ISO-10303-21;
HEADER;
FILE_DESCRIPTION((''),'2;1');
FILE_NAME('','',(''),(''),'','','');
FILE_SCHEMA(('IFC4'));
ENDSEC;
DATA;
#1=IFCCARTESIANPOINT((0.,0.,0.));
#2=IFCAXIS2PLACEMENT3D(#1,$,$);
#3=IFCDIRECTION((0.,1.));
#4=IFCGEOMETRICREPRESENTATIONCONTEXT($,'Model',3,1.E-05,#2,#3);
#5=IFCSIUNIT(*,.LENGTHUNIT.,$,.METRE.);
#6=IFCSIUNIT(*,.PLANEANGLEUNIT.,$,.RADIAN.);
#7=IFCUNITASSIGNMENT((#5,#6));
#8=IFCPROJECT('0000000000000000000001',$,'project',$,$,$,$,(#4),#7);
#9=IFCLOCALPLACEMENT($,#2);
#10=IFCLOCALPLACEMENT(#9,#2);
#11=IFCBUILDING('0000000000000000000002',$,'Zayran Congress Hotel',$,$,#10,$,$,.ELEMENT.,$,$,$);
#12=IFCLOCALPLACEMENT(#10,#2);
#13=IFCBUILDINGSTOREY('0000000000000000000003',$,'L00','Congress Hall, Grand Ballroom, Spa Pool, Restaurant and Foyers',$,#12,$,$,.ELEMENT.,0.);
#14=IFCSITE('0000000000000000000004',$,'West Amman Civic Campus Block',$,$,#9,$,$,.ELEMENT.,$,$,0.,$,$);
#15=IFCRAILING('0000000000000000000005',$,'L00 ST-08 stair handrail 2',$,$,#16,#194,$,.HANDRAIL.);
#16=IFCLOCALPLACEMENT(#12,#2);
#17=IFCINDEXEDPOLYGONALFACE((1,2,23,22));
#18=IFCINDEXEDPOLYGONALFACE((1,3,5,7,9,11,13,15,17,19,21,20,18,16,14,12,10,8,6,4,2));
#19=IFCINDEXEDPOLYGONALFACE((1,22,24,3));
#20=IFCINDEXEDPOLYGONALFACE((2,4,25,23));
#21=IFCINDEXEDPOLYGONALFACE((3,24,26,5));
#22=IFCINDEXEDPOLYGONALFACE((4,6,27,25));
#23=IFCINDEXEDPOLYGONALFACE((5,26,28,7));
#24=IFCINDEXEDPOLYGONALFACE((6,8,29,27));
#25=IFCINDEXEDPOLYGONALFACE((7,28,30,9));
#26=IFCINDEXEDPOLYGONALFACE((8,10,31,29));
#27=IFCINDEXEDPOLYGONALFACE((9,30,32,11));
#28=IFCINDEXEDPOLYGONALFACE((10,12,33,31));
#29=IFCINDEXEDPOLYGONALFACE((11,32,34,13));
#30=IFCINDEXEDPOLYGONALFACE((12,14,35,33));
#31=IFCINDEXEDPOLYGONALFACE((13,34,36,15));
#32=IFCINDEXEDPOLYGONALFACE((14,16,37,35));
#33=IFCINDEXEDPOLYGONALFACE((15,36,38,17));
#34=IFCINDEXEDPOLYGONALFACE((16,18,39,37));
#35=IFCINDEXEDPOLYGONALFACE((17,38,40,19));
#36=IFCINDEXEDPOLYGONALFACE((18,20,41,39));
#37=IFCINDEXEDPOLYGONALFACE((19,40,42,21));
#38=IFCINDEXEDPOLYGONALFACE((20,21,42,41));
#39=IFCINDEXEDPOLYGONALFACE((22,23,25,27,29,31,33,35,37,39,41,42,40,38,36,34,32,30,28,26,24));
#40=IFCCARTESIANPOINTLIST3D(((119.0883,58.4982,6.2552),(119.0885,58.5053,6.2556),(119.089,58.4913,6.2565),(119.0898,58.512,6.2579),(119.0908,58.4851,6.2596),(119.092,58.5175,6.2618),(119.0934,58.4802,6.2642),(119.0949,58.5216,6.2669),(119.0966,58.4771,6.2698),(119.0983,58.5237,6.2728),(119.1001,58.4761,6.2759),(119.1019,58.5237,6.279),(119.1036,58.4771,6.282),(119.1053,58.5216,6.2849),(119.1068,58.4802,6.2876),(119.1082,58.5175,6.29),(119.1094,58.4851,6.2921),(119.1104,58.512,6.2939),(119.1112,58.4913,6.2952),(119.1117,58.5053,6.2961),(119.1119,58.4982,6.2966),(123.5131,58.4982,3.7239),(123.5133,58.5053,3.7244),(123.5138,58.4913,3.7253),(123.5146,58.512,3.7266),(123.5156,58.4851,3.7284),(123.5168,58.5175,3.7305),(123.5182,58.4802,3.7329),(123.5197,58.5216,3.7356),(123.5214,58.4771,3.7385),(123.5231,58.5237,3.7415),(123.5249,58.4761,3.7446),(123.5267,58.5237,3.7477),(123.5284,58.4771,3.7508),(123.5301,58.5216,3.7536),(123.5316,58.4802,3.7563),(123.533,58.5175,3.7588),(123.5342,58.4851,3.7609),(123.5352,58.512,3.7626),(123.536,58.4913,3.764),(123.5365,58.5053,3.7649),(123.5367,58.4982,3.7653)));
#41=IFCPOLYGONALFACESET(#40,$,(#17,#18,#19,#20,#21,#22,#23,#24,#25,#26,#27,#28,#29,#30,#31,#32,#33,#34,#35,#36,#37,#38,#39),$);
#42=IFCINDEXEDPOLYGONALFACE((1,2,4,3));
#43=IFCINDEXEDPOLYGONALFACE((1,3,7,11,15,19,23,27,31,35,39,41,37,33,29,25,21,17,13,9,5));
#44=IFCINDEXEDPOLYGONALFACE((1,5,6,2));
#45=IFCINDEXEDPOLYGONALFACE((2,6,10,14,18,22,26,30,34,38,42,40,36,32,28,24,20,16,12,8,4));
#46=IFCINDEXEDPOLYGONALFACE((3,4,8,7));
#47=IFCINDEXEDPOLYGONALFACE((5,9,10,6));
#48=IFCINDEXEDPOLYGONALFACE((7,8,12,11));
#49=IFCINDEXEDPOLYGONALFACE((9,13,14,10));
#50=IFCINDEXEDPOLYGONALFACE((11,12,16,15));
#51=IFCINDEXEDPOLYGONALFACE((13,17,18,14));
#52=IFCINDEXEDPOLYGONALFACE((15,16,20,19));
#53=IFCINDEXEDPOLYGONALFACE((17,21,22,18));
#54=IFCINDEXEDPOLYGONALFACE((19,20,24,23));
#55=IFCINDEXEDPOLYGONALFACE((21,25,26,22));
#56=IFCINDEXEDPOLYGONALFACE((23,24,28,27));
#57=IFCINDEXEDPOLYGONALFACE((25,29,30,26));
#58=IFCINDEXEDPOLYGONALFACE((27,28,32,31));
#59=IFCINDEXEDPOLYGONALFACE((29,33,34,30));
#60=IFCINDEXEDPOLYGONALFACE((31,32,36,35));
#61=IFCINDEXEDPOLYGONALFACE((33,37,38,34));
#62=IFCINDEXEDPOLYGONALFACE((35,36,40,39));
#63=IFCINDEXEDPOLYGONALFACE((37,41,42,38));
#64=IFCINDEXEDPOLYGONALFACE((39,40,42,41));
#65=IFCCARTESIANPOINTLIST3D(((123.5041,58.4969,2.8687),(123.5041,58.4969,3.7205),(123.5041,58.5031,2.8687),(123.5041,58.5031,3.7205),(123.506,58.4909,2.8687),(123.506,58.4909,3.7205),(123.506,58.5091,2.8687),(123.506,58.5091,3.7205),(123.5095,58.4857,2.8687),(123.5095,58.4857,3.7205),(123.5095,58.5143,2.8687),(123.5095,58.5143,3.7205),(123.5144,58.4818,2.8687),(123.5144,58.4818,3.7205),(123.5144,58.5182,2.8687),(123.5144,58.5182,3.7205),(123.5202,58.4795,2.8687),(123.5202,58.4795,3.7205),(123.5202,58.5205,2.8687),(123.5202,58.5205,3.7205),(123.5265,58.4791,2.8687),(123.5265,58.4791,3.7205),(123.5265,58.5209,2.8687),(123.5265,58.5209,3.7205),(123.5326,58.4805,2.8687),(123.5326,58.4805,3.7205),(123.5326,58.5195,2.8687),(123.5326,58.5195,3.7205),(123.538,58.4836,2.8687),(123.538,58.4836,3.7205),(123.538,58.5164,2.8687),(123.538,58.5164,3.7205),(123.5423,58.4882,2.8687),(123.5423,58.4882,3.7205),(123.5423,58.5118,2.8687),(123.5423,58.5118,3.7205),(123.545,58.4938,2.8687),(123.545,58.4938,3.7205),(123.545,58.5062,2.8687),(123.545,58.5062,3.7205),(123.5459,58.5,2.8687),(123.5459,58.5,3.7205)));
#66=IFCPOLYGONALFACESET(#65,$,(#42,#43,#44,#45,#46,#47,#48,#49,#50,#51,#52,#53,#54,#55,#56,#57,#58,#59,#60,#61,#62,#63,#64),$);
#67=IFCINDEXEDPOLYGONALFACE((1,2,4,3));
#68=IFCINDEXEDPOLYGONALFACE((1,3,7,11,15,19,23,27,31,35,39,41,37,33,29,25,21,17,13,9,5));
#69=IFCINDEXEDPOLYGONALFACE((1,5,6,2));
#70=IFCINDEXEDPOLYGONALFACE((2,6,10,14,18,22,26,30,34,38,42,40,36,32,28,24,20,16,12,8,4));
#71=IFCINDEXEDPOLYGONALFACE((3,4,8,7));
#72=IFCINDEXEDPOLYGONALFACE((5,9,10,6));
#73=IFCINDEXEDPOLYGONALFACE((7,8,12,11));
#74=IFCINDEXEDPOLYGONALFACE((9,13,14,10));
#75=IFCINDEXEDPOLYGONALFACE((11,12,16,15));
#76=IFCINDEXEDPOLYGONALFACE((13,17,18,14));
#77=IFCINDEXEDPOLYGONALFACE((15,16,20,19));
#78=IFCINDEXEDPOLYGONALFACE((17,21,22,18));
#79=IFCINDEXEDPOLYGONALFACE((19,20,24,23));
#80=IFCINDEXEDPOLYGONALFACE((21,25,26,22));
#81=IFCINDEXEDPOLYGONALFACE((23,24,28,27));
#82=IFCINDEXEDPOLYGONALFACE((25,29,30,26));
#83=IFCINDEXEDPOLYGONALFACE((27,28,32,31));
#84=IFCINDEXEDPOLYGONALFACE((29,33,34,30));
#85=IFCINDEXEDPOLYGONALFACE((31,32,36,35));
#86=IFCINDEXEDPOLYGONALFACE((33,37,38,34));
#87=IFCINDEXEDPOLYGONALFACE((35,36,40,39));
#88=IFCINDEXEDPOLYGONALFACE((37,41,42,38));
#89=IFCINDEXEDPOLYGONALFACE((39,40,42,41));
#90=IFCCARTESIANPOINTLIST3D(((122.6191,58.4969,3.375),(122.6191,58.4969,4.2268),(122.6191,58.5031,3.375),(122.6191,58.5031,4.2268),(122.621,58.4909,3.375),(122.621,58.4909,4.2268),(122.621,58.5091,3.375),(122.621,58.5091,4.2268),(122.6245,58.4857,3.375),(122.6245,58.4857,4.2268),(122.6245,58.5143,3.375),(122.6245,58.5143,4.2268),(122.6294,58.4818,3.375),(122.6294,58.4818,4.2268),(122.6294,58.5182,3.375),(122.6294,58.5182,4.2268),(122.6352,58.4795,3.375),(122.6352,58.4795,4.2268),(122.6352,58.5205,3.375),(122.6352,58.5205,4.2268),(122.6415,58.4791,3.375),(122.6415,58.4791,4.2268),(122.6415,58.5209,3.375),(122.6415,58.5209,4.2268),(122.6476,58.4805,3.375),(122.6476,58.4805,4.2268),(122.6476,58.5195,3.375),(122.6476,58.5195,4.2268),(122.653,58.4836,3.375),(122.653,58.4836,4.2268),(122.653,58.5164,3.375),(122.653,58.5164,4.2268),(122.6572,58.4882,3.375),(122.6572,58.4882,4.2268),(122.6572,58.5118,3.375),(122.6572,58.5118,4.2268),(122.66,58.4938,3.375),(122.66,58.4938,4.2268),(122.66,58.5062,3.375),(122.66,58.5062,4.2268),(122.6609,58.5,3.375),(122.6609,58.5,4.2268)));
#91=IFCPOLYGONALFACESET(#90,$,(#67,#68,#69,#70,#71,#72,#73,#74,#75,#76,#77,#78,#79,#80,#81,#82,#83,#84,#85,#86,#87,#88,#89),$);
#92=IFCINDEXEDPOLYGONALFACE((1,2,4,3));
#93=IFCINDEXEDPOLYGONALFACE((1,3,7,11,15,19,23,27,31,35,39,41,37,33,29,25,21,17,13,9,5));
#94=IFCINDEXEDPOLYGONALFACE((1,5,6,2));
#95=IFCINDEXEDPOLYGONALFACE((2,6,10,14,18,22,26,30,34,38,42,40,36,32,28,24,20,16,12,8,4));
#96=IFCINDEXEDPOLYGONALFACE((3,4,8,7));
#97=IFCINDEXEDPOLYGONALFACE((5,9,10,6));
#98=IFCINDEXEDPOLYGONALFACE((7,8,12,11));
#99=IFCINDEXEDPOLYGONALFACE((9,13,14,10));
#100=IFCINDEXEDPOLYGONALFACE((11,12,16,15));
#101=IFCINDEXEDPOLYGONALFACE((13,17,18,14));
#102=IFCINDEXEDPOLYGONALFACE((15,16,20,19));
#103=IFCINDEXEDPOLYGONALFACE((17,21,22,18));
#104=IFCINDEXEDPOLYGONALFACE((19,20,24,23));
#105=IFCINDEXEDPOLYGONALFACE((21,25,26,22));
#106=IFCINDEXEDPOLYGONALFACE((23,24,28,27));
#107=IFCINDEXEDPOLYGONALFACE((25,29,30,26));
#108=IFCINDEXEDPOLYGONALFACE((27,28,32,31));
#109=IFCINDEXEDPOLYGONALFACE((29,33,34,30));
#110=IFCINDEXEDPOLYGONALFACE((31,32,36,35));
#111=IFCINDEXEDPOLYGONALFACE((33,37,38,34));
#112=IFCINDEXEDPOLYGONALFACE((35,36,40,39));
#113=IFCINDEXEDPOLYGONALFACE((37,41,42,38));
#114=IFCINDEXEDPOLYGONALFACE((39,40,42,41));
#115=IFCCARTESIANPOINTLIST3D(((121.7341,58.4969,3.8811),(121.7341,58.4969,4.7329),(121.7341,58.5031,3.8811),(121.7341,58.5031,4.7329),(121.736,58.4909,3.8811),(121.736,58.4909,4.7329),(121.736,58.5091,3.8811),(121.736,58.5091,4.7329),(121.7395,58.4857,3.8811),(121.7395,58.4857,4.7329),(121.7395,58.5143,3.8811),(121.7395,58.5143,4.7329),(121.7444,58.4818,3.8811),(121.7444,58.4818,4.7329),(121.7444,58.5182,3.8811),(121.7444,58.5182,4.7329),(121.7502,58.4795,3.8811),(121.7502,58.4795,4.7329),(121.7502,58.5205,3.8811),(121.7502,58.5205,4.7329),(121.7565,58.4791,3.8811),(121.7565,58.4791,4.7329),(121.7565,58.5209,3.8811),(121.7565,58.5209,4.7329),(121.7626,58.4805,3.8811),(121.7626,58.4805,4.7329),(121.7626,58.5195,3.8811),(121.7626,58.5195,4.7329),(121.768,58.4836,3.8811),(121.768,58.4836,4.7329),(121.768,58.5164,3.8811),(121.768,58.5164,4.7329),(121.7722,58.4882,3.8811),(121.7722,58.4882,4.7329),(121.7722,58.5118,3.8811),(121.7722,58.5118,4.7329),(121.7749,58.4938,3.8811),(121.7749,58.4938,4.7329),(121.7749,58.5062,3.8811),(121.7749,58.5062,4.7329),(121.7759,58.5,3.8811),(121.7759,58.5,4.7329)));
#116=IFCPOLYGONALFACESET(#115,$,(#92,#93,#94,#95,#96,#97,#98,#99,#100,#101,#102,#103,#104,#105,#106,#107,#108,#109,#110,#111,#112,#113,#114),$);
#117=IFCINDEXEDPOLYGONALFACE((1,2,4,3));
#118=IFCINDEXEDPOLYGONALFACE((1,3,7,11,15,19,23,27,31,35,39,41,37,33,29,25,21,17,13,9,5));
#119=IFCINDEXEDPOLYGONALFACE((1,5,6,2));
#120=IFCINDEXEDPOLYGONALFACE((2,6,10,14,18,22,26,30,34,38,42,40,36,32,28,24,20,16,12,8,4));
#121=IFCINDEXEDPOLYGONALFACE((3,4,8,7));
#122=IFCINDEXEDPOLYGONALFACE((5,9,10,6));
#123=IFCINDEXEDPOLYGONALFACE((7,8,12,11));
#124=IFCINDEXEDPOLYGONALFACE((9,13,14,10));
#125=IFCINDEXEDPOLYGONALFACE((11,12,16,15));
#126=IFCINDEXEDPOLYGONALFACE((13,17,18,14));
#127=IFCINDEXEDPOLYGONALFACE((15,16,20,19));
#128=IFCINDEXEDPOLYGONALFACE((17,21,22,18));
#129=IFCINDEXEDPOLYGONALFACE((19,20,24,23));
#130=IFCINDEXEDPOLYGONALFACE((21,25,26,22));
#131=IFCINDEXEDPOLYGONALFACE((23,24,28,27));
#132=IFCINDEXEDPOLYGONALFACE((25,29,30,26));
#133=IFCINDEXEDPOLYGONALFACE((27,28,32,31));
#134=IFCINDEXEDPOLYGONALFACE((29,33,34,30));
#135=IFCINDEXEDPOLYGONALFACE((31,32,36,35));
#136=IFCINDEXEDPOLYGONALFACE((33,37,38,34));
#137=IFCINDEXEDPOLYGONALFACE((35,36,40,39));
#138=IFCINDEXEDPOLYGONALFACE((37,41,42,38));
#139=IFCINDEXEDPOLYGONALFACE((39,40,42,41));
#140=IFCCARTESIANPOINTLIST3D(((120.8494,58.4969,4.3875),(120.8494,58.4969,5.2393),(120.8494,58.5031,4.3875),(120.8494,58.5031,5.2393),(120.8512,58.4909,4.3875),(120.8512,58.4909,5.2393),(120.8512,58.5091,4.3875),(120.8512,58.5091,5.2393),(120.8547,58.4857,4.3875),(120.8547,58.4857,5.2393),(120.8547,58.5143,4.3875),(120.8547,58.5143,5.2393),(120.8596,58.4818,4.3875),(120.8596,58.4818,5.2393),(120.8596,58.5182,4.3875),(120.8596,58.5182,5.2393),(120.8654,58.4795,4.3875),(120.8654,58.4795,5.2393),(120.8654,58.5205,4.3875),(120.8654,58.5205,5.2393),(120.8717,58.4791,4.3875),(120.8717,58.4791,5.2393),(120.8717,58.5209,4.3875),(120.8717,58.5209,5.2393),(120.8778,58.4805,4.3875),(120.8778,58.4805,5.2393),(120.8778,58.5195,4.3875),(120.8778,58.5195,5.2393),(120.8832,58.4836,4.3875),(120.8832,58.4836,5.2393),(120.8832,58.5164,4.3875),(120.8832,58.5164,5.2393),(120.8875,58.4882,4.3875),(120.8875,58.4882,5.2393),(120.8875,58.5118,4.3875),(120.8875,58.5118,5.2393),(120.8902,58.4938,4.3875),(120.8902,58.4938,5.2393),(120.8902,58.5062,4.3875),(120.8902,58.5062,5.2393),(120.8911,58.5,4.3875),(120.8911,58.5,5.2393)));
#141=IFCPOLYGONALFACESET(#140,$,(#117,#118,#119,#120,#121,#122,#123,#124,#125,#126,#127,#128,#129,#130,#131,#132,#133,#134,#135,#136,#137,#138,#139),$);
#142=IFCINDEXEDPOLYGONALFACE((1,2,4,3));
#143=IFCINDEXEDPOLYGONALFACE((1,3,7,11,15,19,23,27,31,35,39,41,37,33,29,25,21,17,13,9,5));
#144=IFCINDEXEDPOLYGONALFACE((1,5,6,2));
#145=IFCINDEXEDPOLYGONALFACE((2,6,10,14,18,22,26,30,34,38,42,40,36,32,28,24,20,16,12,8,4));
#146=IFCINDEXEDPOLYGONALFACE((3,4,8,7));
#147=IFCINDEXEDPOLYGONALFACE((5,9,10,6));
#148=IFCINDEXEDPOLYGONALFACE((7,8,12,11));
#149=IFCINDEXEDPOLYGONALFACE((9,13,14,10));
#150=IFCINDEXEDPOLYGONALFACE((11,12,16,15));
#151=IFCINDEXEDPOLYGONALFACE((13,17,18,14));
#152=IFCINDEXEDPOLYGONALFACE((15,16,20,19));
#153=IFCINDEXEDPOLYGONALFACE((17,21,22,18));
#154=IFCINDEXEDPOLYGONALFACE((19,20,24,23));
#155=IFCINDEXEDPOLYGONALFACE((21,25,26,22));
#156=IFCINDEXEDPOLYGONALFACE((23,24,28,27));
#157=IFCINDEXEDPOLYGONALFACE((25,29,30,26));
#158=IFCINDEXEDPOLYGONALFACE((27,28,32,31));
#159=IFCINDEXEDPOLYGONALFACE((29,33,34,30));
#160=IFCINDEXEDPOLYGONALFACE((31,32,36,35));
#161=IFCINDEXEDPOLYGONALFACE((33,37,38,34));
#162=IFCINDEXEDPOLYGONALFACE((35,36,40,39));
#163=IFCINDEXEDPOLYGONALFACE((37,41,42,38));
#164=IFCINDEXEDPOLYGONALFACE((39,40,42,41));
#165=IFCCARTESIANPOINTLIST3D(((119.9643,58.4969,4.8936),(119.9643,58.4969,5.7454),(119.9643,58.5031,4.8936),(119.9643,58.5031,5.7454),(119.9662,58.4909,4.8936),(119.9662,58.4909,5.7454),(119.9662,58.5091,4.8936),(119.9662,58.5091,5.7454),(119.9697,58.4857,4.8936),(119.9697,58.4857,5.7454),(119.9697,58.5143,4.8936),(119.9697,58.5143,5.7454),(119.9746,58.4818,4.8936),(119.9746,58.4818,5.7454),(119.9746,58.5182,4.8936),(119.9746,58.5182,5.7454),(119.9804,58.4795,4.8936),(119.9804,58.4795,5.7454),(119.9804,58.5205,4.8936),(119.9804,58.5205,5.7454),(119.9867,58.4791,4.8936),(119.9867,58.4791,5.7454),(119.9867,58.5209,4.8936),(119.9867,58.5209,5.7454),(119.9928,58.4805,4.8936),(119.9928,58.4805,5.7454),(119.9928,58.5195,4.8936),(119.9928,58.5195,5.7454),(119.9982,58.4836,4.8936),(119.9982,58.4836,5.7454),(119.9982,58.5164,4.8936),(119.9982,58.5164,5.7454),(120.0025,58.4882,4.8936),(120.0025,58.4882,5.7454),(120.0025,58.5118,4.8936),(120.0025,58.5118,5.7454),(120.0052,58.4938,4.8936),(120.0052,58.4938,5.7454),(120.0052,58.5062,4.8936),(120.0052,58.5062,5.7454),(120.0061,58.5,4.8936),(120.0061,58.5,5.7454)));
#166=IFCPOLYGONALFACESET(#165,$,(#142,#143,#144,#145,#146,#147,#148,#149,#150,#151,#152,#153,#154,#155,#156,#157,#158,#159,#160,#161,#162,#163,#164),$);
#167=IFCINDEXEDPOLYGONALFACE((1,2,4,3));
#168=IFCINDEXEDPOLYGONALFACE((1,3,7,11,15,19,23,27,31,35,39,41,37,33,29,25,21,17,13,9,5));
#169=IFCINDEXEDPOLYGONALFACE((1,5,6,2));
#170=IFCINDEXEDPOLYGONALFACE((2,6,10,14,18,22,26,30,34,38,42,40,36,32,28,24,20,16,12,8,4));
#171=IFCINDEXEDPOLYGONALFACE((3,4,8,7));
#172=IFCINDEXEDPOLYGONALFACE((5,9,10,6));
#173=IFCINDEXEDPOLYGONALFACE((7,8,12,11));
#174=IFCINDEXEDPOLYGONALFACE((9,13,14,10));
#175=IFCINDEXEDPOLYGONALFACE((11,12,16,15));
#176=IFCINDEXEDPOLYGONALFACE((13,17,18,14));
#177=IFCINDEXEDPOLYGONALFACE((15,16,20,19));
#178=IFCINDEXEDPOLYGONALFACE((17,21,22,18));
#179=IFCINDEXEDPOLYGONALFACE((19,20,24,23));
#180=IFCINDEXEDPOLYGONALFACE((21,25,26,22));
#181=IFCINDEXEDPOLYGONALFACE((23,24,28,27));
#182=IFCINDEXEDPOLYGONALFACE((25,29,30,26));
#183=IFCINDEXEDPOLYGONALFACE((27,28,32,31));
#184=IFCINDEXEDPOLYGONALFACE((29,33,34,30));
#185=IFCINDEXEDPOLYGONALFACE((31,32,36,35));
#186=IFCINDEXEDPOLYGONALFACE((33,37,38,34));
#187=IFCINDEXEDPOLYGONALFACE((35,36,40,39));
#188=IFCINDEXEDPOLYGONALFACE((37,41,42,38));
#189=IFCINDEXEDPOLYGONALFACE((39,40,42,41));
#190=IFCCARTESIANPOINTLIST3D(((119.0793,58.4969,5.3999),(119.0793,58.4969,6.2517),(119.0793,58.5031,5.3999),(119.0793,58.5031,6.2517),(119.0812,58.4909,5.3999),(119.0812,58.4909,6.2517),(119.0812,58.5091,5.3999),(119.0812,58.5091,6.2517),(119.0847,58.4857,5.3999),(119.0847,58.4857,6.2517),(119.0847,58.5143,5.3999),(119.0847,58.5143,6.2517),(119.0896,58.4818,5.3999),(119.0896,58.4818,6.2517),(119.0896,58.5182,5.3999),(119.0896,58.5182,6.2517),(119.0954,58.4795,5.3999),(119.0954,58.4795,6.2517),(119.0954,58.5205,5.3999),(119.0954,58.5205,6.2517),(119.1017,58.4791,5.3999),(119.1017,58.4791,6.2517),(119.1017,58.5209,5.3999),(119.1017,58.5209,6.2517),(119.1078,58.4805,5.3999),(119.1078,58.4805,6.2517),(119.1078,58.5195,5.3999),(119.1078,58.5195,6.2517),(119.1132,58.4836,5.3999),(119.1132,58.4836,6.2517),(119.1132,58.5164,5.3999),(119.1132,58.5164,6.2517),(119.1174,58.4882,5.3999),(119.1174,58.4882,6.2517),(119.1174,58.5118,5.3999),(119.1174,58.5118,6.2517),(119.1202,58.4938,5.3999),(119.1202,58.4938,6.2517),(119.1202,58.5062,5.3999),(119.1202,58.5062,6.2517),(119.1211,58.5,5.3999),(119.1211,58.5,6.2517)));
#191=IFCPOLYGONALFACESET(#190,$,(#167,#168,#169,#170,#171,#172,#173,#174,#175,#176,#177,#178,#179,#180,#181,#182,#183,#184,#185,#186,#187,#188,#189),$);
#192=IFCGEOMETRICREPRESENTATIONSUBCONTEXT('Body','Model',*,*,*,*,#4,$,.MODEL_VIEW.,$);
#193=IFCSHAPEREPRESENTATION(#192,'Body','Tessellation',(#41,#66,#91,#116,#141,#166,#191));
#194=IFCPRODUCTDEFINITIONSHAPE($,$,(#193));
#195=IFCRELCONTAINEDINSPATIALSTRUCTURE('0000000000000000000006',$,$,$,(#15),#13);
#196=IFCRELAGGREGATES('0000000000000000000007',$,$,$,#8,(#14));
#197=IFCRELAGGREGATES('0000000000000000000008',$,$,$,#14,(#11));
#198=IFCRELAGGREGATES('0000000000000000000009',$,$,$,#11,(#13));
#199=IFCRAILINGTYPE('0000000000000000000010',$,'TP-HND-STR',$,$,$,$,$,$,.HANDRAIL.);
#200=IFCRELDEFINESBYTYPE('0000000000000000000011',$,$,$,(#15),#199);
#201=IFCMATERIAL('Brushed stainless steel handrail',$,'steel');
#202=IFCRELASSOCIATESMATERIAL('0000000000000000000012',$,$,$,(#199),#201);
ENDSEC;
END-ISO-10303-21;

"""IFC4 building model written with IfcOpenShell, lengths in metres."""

from ifc_helpers import new_model, si_unit, direction, frame, origin, origin_2d, place, context, subcontext, project, spatial, circle, extrude, material, type_object, element, save


model = new_model("IFC4")

# Units and contexts
model_context = context("Model", 3, precision=1e-05, world=origin(), true_north=direction((0.0, 1.0)))
body_context = subcontext(model_context, "Body", "Model", "MODEL_VIEW")
ifc_project = project(units=[si_unit("LENGTHUNIT", "METRE"), si_unit("PLANEANGLEUNIT", "RADIAN")], contexts=[model_context])

# Site, building, storey
site_placement = place(None, origin())
site = spatial("IfcSite", under=ifc_project, at=site_placement, Name="West Amman Civic Campus Block", CompositionType="ELEMENT", RefElevation=0.0)
building_placement = place(site_placement, origin())
building = spatial("IfcBuilding", under=site, at=building_placement, Name="Zayran Congress Hotel", CompositionType="ELEMENT")
storey_placement = place(building_placement, origin())
storey = spatial("IfcBuildingStorey", under=building, at=storey_placement, Name="L00", Description="Congress Hall, Grand Ballroom, Spa Pool, Restaurant and Foyers", CompositionType="ELEMENT", Elevation=0.0)

# Railing
ifc_material_1 = material(Name="Brushed stainless steel handrail", Category="steel")
railing_type_1 = type_object("IfcRailingType", Name="TP-HND-STR", PredefinedType="HANDRAIL", material=ifc_material_1)
railing_1_placement = place(storey_placement, frame((123.5249, 58.5, 2.8687)))
element("IfcRailing", 1, at=railing_1_placement, inside=storey, type_object=railing_type_1, Name="L00 ST-08 stair handrail 2", PredefinedType="HANDRAIL", context=body_context, shape_type="SweptSolid", body=[
    extrude(circle(Radius=0.0239, at=origin_2d()), frame((0.0, 0.0, 0.876), z_axis=(-0.868007, 0.0, 0.496551), x_axis=(0.0, -1.0, 0.0)), (0.0, 0.0, 1.0), 5.0977),
    extrude(circle(Radius=0.021, at=origin_2d()), origin(), (0.0, 0.0, 1.0), 0.8518),
    extrude(circle(Radius=0.021, at=origin_2d()), frame((-0.885, 0.0, 0.5063)), (0.0, 0.0, 1.0), 0.8518),
    extrude(circle(Radius=0.021, at=origin_2d()), frame((-1.77, 0.0, 1.0125)), (0.0, 0.0, 1.0), 0.8518),
    extrude(circle(Radius=0.021, at=origin_2d()), frame((-2.6548, 0.0, 1.5188)), (0.0, 0.0, 1.0), 0.8518),
    extrude(circle(Radius=0.021, at=origin_2d()), frame((-3.5398, 0.0, 2.0249)), (0.0, 0.0, 1.0), 0.8518),
    extrude(circle(Radius=0.021, at=origin_2d()), frame((-4.4248, 0.0, 2.5312)), (0.0, 0.0, 1.0), 0.8518),
])

save(model, "model.ifc")
